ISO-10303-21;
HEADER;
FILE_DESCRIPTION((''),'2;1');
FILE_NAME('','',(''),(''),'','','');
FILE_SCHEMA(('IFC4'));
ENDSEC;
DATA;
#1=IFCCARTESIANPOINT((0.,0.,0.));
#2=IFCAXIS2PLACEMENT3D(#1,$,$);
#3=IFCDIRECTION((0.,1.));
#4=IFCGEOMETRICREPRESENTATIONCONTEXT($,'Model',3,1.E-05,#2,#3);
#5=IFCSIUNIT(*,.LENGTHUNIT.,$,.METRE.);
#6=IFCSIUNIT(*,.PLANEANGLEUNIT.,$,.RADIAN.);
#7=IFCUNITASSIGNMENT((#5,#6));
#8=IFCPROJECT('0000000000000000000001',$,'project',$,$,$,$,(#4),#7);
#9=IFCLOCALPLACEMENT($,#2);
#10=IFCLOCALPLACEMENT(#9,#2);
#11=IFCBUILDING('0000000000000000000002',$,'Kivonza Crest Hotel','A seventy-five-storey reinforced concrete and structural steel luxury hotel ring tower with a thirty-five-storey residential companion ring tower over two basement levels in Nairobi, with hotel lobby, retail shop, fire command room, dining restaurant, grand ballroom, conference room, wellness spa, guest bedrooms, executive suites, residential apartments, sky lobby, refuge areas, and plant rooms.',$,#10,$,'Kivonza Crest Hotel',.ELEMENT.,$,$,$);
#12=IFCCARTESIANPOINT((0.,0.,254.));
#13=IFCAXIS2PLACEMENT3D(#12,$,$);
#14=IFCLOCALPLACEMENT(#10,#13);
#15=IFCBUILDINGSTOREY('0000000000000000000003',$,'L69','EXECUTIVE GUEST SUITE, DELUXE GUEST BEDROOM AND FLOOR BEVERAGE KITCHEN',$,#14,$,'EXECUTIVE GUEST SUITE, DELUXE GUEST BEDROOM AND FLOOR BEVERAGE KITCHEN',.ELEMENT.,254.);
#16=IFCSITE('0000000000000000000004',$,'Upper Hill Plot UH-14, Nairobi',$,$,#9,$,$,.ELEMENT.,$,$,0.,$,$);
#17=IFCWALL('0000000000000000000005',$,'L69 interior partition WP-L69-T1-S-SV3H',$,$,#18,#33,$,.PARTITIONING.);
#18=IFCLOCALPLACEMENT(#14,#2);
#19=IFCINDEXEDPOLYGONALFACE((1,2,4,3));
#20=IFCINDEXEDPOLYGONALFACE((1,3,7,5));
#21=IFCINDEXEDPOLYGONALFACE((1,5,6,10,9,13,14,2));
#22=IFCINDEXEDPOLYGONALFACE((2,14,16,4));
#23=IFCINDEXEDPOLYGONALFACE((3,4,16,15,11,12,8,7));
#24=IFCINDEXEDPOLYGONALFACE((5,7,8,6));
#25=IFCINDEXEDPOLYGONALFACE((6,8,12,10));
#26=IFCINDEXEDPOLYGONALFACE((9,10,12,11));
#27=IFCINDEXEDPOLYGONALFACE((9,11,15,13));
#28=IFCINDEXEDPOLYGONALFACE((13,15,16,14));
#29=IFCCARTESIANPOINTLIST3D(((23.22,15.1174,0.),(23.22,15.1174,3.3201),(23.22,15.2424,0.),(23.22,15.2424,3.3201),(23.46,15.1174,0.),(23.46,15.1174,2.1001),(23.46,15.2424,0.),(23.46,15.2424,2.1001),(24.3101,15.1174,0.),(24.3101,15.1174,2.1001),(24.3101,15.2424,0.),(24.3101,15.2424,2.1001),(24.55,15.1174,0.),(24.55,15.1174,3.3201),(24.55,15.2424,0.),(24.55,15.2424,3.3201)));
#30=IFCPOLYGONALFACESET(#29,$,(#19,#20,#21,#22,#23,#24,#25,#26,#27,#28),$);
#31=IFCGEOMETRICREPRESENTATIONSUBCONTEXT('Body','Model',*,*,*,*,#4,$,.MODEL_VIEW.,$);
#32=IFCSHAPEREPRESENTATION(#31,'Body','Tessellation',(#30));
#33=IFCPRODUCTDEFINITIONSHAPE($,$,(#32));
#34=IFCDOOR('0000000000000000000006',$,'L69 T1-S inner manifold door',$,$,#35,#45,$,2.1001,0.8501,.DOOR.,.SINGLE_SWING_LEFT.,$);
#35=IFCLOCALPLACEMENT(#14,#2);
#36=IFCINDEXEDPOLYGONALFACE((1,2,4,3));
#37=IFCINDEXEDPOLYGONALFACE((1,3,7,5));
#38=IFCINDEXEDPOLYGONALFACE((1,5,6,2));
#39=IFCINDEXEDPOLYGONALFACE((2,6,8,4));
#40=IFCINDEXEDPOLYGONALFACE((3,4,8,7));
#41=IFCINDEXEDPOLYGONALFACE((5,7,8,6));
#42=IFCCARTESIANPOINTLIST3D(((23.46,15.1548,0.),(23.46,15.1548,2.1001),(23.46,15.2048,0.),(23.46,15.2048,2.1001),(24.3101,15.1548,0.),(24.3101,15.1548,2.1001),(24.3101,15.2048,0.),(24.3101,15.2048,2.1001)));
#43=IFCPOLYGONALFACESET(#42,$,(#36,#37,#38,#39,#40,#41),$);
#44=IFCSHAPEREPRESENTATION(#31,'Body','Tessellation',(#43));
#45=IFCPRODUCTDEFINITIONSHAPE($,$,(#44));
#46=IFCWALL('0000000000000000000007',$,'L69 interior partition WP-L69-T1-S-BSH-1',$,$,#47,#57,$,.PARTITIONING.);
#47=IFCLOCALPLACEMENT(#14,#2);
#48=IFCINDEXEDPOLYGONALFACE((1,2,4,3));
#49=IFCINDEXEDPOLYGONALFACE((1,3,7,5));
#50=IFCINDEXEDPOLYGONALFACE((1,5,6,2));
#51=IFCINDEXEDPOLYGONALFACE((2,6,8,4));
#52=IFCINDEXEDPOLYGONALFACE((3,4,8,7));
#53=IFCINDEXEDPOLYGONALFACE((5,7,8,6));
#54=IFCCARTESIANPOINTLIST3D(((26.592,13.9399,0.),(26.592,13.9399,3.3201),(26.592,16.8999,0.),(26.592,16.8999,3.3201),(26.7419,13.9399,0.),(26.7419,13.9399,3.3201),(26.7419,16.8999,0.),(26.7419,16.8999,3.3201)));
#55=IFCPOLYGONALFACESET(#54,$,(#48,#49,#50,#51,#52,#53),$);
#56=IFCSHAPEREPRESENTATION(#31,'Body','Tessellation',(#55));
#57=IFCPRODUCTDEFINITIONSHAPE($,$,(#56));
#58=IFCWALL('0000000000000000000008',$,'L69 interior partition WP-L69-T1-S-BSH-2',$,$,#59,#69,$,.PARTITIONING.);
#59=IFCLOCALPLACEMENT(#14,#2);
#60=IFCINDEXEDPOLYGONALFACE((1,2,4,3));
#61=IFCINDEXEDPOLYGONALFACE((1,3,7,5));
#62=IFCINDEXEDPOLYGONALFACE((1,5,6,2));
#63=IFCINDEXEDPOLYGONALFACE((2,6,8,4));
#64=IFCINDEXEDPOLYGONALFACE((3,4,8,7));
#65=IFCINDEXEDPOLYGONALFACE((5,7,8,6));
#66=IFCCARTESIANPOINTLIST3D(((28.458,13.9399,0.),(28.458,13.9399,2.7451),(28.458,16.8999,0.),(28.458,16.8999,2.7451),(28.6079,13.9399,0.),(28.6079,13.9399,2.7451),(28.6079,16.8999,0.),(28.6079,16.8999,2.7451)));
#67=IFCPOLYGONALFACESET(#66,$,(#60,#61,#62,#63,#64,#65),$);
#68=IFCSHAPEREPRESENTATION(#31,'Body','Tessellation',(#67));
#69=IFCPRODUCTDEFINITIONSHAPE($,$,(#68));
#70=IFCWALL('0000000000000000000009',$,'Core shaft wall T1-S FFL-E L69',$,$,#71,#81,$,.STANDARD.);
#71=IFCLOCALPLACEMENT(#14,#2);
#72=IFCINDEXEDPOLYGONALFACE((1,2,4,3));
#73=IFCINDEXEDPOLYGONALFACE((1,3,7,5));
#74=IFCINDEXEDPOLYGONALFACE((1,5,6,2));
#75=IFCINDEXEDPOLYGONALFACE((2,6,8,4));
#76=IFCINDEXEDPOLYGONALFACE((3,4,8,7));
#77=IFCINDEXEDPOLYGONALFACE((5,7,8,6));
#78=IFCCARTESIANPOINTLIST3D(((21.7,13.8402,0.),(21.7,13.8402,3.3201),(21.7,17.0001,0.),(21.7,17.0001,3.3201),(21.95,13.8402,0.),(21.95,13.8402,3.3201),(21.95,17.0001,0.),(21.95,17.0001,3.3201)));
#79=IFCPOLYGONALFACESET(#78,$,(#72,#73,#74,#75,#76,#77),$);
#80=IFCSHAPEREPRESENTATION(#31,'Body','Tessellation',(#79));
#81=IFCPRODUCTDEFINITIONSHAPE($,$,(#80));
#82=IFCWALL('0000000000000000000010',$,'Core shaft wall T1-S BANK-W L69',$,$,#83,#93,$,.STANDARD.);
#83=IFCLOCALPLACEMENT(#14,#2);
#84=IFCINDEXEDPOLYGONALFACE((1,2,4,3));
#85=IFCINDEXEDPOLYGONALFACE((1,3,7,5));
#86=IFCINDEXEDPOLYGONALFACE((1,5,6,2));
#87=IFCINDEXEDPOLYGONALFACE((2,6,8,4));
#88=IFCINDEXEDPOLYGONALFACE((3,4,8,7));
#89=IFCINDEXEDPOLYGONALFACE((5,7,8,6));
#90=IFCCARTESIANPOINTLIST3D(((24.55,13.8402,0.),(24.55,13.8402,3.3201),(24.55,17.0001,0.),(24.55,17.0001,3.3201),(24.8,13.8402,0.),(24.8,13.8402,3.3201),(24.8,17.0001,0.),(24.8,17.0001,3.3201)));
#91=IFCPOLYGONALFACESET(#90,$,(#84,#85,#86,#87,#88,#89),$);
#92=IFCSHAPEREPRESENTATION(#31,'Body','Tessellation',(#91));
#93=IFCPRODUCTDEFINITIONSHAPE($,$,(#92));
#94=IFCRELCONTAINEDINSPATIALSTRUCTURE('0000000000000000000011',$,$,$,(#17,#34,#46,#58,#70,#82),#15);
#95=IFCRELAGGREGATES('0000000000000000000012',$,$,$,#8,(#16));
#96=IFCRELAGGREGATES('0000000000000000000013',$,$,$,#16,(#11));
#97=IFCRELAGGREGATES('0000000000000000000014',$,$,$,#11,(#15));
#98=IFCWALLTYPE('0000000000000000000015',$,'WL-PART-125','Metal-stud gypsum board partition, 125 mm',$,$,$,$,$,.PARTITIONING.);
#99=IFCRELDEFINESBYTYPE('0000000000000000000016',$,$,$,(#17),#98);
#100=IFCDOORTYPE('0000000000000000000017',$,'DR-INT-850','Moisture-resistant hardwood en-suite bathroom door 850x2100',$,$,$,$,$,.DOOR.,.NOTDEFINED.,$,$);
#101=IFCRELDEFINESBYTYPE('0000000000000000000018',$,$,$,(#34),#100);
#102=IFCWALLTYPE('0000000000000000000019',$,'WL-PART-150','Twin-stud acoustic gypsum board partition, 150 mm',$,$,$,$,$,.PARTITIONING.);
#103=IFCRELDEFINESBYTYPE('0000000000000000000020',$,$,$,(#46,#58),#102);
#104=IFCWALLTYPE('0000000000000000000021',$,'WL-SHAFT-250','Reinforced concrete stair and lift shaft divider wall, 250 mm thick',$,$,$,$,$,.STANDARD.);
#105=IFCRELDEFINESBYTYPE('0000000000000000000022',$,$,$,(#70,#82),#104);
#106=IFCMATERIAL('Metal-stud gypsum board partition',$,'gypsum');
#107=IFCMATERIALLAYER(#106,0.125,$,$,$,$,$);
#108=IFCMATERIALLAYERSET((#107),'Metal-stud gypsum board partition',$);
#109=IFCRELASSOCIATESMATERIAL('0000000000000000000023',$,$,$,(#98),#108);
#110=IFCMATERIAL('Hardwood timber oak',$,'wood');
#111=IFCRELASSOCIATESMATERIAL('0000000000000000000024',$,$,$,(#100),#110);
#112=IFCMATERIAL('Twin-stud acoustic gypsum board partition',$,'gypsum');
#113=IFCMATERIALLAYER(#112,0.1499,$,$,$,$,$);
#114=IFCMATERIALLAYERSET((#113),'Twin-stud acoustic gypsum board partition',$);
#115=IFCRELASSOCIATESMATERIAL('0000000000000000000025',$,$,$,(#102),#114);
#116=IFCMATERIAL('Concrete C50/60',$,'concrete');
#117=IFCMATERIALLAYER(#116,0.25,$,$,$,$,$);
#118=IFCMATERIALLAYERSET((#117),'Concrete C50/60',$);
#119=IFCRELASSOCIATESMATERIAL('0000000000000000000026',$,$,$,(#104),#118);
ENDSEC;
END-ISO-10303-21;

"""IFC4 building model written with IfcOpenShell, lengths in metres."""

from ifc_helpers import new_model, si_unit, direction, frame, frame_2d, origin, place, context, subcontext, project, spatial, rectangle, extrude, material, layer, layer_set, type_object, element, fill, save


model = new_model("IFC4")

# Units and contexts
model_context = context("Model", 3, precision=1e-05, world=origin(), true_north=direction((0.0, 1.0)))
body_context = subcontext(model_context, "Body", "Model", "MODEL_VIEW")
ifc_project = project(units=[si_unit("LENGTHUNIT", "METRE"), si_unit("PLANEANGLEUNIT", "RADIAN")], contexts=[model_context])

# Site, building, storey
site_placement = place(None, origin())
site = spatial("IfcSite", under=ifc_project, at=site_placement, Name="Upper Hill Plot UH-14, Nairobi", CompositionType="ELEMENT", RefElevation=0.0)
building_placement = place(site_placement, origin())
building = spatial("IfcBuilding", under=site, at=building_placement, Name="Kivonza Crest Hotel", Description="A seventy-five-storey reinforced concrete and structural steel luxury hotel ring tower with a thirty-five-storey residential companion ring tower over two basement levels in Nairobi, with hotel lobby, retail shop, fire command room, dining restaurant, grand ballroom, conference room, wellness spa, guest bedrooms, executive suites, residential apartments, sky lobby, refuge areas, and plant rooms.", LongName="Kivonza Crest Hotel", CompositionType="ELEMENT")
storey_placement = place(building_placement, frame((0.0, 0.0, 254.0)))
storey = spatial("IfcBuildingStorey", under=building, at=storey_placement, Name="L69", Description="EXECUTIVE GUEST SUITE, DELUXE GUEST BEDROOM AND FLOOR BEVERAGE KITCHEN", LongName="EXECUTIVE GUEST SUITE, DELUXE GUEST BEDROOM AND FLOOR BEVERAGE KITCHEN", CompositionType="ELEMENT", Elevation=254.0)

# Shared definitions
ifc_material_1 = material(Name="Concrete C50/60", Category="concrete")

# Shared definitions
ifc_material_2 = material(Name="Hardwood timber oak", Category="wood")

# Wall, opening, door
ifc_material_3 = material(Name="Metal-stud gypsum board partition", Category="gypsum")
ifc_layer_1 = layer(ifc_material_3, 0.125)
ifc_layer_set_1 = layer_set([ifc_layer_1], Name="Metal-stud gypsum board partition")
wall_type_1 = type_object("IfcWallType", Name="WL-PART-125", Description="Metal-stud gypsum board partition, 125 mm", PredefinedType="PARTITIONING", material=ifc_layer_set_1)
wall_1_placement = place(storey_placement, frame((23.22, 15.1799, 0.0), z_axis=(0.0, 0.0, 1.0), x_axis=(1.0, 0.0, 0.0)))
wall_1 = element("IfcWall", 1, at=wall_1_placement, inside=storey, type_object=wall_type_1, Name="L69 interior partition WP-L69-T1-S-SV3H", PredefinedType="PARTITIONING", context=body_context, shape_type="SweptSolid", body=[
    extrude(rectangle(XDim=1.3301, YDim=0.125, at=frame_2d((0.665, 0.0))), origin(), (0.0, 0.0, 1.0), 3.3201),
])
opening_1_placement = place(wall_1_placement, frame((0.24, 0.0, 0.0)))
opening_1 = element("IfcOpeningElement", 2, at=opening_1_placement, cuts=wall_1, PredefinedType="OPENING", context=body_context, shape_type="SweptSolid", body=[
    extrude(rectangle(XDim=0.8501, YDim=2.1001, at=frame_2d((0.425, 1.05))), frame((0.0, 0.0725, 0.0), z_axis=(0.0, -1.0, 0.0), x_axis=(1.0, 0.0, 0.0)), (0.0, 0.0, 1.0), 0.145),
])
door_type_1 = type_object("IfcDoorType", Name="DR-INT-850", Description="Moisture-resistant hardwood en-suite bathroom door 850x2100", OperationType="NOTDEFINED", PredefinedType="DOOR", material=ifc_material_2)
door_1_placement = place(opening_1_placement, origin())
door_1 = element("IfcDoor", 3, at=door_1_placement, inside=storey, type_object=door_type_1, Name="L69 T1-S inner manifold door", OperationType="SINGLE_SWING_LEFT", OverallHeight=2.1001, OverallWidth=0.8501, PredefinedType="DOOR", context=body_context, shape_type="SweptSolid", body=[
    extrude(rectangle(XDim=0.8501, YDim=2.1001, at=frame_2d((0.425, 1.05))), frame((0.0, 0.0249, 0.0), z_axis=(0.0, -1.0, 0.0), x_axis=(1.0, 0.0, 0.0)), (0.0, 0.0, 1.0), 0.05),
])
fill(opening_1, door_1)

# Walls
ifc_material_4 = material(Name="Twin-stud acoustic gypsum board partition", Category="gypsum")
ifc_layer_2 = layer(ifc_material_4, 0.1499)
ifc_layer_set_2 = layer_set([ifc_layer_2], Name="Twin-stud acoustic gypsum board partition")
wall_type_2 = type_object("IfcWallType", Name="WL-PART-150", Description="Twin-stud acoustic gypsum board partition, 150 mm", PredefinedType="PARTITIONING", material=ifc_layer_set_2)
wall_2_placement = place(storey_placement, frame((26.667, 13.9399, 0.0), z_axis=(0.0, 0.0, 1.0), x_axis=(0.0, 1.0, 0.0)))
element("IfcWall", 4, at=wall_2_placement, inside=storey, type_object=wall_type_2, Name="L69 interior partition WP-L69-T1-S-BSH-1", PredefinedType="PARTITIONING", context=body_context, shape_type="SweptSolid", body=[
    extrude(rectangle(XDim=2.96, YDim=0.1499, at=frame_2d((1.48, 0.0))), origin(), (0.0, 0.0, 1.0), 3.3201),
])
wall_3_placement = place(storey_placement, frame((28.533, 13.9399, 0.0), z_axis=(0.0, 0.0, 1.0), x_axis=(0.0, 1.0, 0.0)))
element("IfcWall", 5, at=wall_3_placement, inside=storey, type_object=wall_type_2, Name="L69 interior partition WP-L69-T1-S-BSH-2", PredefinedType="PARTITIONING", context=body_context, shape_type="SweptSolid", body=[
    extrude(rectangle(XDim=2.96, YDim=0.1499, at=frame_2d((1.48, 0.0))), origin(), (0.0, 0.0, 1.0), 2.7451),
])

# Shared definitions
ifc_layer_3 = layer(ifc_material_1, 0.25)
ifc_layer_set_3 = layer_set([ifc_layer_3], Name="Concrete C50/60")
wall_type_3 = type_object("IfcWallType", Name="WL-SHAFT-250", Description="Reinforced concrete stair and lift shaft divider wall, 250 mm thick", PredefinedType="STANDARD", material=ifc_layer_set_3)

# Walls
for number, where, z_axis, x_axis, name in (
    (6, (21.825, 13.8401, 0.0), (0.0, 0.0, 1.0), (0.0, 1.0, 0.0), "Core shaft wall T1-S FFL-E L69"),
    (7, (24.675, 13.8401, 0.0), (0.0, 0.0, 1.0), (0.0, 1.0, 0.0), "Core shaft wall T1-S BANK-W L69"),
):
    element("IfcWall", number, at=place(storey_placement, frame(where, z_axis=z_axis, x_axis=x_axis)), inside=storey, type_object=wall_type_3, Name=name, PredefinedType="STANDARD", context=body_context, shape_type="SweptSolid", body=[
        extrude(rectangle(XDim=3.1599, YDim=0.25, at=frame_2d((1.5801, 0.0))), origin(), (0.0, 0.0, 1.0), 3.3201),
    ])

save(model, "model.ifc")
